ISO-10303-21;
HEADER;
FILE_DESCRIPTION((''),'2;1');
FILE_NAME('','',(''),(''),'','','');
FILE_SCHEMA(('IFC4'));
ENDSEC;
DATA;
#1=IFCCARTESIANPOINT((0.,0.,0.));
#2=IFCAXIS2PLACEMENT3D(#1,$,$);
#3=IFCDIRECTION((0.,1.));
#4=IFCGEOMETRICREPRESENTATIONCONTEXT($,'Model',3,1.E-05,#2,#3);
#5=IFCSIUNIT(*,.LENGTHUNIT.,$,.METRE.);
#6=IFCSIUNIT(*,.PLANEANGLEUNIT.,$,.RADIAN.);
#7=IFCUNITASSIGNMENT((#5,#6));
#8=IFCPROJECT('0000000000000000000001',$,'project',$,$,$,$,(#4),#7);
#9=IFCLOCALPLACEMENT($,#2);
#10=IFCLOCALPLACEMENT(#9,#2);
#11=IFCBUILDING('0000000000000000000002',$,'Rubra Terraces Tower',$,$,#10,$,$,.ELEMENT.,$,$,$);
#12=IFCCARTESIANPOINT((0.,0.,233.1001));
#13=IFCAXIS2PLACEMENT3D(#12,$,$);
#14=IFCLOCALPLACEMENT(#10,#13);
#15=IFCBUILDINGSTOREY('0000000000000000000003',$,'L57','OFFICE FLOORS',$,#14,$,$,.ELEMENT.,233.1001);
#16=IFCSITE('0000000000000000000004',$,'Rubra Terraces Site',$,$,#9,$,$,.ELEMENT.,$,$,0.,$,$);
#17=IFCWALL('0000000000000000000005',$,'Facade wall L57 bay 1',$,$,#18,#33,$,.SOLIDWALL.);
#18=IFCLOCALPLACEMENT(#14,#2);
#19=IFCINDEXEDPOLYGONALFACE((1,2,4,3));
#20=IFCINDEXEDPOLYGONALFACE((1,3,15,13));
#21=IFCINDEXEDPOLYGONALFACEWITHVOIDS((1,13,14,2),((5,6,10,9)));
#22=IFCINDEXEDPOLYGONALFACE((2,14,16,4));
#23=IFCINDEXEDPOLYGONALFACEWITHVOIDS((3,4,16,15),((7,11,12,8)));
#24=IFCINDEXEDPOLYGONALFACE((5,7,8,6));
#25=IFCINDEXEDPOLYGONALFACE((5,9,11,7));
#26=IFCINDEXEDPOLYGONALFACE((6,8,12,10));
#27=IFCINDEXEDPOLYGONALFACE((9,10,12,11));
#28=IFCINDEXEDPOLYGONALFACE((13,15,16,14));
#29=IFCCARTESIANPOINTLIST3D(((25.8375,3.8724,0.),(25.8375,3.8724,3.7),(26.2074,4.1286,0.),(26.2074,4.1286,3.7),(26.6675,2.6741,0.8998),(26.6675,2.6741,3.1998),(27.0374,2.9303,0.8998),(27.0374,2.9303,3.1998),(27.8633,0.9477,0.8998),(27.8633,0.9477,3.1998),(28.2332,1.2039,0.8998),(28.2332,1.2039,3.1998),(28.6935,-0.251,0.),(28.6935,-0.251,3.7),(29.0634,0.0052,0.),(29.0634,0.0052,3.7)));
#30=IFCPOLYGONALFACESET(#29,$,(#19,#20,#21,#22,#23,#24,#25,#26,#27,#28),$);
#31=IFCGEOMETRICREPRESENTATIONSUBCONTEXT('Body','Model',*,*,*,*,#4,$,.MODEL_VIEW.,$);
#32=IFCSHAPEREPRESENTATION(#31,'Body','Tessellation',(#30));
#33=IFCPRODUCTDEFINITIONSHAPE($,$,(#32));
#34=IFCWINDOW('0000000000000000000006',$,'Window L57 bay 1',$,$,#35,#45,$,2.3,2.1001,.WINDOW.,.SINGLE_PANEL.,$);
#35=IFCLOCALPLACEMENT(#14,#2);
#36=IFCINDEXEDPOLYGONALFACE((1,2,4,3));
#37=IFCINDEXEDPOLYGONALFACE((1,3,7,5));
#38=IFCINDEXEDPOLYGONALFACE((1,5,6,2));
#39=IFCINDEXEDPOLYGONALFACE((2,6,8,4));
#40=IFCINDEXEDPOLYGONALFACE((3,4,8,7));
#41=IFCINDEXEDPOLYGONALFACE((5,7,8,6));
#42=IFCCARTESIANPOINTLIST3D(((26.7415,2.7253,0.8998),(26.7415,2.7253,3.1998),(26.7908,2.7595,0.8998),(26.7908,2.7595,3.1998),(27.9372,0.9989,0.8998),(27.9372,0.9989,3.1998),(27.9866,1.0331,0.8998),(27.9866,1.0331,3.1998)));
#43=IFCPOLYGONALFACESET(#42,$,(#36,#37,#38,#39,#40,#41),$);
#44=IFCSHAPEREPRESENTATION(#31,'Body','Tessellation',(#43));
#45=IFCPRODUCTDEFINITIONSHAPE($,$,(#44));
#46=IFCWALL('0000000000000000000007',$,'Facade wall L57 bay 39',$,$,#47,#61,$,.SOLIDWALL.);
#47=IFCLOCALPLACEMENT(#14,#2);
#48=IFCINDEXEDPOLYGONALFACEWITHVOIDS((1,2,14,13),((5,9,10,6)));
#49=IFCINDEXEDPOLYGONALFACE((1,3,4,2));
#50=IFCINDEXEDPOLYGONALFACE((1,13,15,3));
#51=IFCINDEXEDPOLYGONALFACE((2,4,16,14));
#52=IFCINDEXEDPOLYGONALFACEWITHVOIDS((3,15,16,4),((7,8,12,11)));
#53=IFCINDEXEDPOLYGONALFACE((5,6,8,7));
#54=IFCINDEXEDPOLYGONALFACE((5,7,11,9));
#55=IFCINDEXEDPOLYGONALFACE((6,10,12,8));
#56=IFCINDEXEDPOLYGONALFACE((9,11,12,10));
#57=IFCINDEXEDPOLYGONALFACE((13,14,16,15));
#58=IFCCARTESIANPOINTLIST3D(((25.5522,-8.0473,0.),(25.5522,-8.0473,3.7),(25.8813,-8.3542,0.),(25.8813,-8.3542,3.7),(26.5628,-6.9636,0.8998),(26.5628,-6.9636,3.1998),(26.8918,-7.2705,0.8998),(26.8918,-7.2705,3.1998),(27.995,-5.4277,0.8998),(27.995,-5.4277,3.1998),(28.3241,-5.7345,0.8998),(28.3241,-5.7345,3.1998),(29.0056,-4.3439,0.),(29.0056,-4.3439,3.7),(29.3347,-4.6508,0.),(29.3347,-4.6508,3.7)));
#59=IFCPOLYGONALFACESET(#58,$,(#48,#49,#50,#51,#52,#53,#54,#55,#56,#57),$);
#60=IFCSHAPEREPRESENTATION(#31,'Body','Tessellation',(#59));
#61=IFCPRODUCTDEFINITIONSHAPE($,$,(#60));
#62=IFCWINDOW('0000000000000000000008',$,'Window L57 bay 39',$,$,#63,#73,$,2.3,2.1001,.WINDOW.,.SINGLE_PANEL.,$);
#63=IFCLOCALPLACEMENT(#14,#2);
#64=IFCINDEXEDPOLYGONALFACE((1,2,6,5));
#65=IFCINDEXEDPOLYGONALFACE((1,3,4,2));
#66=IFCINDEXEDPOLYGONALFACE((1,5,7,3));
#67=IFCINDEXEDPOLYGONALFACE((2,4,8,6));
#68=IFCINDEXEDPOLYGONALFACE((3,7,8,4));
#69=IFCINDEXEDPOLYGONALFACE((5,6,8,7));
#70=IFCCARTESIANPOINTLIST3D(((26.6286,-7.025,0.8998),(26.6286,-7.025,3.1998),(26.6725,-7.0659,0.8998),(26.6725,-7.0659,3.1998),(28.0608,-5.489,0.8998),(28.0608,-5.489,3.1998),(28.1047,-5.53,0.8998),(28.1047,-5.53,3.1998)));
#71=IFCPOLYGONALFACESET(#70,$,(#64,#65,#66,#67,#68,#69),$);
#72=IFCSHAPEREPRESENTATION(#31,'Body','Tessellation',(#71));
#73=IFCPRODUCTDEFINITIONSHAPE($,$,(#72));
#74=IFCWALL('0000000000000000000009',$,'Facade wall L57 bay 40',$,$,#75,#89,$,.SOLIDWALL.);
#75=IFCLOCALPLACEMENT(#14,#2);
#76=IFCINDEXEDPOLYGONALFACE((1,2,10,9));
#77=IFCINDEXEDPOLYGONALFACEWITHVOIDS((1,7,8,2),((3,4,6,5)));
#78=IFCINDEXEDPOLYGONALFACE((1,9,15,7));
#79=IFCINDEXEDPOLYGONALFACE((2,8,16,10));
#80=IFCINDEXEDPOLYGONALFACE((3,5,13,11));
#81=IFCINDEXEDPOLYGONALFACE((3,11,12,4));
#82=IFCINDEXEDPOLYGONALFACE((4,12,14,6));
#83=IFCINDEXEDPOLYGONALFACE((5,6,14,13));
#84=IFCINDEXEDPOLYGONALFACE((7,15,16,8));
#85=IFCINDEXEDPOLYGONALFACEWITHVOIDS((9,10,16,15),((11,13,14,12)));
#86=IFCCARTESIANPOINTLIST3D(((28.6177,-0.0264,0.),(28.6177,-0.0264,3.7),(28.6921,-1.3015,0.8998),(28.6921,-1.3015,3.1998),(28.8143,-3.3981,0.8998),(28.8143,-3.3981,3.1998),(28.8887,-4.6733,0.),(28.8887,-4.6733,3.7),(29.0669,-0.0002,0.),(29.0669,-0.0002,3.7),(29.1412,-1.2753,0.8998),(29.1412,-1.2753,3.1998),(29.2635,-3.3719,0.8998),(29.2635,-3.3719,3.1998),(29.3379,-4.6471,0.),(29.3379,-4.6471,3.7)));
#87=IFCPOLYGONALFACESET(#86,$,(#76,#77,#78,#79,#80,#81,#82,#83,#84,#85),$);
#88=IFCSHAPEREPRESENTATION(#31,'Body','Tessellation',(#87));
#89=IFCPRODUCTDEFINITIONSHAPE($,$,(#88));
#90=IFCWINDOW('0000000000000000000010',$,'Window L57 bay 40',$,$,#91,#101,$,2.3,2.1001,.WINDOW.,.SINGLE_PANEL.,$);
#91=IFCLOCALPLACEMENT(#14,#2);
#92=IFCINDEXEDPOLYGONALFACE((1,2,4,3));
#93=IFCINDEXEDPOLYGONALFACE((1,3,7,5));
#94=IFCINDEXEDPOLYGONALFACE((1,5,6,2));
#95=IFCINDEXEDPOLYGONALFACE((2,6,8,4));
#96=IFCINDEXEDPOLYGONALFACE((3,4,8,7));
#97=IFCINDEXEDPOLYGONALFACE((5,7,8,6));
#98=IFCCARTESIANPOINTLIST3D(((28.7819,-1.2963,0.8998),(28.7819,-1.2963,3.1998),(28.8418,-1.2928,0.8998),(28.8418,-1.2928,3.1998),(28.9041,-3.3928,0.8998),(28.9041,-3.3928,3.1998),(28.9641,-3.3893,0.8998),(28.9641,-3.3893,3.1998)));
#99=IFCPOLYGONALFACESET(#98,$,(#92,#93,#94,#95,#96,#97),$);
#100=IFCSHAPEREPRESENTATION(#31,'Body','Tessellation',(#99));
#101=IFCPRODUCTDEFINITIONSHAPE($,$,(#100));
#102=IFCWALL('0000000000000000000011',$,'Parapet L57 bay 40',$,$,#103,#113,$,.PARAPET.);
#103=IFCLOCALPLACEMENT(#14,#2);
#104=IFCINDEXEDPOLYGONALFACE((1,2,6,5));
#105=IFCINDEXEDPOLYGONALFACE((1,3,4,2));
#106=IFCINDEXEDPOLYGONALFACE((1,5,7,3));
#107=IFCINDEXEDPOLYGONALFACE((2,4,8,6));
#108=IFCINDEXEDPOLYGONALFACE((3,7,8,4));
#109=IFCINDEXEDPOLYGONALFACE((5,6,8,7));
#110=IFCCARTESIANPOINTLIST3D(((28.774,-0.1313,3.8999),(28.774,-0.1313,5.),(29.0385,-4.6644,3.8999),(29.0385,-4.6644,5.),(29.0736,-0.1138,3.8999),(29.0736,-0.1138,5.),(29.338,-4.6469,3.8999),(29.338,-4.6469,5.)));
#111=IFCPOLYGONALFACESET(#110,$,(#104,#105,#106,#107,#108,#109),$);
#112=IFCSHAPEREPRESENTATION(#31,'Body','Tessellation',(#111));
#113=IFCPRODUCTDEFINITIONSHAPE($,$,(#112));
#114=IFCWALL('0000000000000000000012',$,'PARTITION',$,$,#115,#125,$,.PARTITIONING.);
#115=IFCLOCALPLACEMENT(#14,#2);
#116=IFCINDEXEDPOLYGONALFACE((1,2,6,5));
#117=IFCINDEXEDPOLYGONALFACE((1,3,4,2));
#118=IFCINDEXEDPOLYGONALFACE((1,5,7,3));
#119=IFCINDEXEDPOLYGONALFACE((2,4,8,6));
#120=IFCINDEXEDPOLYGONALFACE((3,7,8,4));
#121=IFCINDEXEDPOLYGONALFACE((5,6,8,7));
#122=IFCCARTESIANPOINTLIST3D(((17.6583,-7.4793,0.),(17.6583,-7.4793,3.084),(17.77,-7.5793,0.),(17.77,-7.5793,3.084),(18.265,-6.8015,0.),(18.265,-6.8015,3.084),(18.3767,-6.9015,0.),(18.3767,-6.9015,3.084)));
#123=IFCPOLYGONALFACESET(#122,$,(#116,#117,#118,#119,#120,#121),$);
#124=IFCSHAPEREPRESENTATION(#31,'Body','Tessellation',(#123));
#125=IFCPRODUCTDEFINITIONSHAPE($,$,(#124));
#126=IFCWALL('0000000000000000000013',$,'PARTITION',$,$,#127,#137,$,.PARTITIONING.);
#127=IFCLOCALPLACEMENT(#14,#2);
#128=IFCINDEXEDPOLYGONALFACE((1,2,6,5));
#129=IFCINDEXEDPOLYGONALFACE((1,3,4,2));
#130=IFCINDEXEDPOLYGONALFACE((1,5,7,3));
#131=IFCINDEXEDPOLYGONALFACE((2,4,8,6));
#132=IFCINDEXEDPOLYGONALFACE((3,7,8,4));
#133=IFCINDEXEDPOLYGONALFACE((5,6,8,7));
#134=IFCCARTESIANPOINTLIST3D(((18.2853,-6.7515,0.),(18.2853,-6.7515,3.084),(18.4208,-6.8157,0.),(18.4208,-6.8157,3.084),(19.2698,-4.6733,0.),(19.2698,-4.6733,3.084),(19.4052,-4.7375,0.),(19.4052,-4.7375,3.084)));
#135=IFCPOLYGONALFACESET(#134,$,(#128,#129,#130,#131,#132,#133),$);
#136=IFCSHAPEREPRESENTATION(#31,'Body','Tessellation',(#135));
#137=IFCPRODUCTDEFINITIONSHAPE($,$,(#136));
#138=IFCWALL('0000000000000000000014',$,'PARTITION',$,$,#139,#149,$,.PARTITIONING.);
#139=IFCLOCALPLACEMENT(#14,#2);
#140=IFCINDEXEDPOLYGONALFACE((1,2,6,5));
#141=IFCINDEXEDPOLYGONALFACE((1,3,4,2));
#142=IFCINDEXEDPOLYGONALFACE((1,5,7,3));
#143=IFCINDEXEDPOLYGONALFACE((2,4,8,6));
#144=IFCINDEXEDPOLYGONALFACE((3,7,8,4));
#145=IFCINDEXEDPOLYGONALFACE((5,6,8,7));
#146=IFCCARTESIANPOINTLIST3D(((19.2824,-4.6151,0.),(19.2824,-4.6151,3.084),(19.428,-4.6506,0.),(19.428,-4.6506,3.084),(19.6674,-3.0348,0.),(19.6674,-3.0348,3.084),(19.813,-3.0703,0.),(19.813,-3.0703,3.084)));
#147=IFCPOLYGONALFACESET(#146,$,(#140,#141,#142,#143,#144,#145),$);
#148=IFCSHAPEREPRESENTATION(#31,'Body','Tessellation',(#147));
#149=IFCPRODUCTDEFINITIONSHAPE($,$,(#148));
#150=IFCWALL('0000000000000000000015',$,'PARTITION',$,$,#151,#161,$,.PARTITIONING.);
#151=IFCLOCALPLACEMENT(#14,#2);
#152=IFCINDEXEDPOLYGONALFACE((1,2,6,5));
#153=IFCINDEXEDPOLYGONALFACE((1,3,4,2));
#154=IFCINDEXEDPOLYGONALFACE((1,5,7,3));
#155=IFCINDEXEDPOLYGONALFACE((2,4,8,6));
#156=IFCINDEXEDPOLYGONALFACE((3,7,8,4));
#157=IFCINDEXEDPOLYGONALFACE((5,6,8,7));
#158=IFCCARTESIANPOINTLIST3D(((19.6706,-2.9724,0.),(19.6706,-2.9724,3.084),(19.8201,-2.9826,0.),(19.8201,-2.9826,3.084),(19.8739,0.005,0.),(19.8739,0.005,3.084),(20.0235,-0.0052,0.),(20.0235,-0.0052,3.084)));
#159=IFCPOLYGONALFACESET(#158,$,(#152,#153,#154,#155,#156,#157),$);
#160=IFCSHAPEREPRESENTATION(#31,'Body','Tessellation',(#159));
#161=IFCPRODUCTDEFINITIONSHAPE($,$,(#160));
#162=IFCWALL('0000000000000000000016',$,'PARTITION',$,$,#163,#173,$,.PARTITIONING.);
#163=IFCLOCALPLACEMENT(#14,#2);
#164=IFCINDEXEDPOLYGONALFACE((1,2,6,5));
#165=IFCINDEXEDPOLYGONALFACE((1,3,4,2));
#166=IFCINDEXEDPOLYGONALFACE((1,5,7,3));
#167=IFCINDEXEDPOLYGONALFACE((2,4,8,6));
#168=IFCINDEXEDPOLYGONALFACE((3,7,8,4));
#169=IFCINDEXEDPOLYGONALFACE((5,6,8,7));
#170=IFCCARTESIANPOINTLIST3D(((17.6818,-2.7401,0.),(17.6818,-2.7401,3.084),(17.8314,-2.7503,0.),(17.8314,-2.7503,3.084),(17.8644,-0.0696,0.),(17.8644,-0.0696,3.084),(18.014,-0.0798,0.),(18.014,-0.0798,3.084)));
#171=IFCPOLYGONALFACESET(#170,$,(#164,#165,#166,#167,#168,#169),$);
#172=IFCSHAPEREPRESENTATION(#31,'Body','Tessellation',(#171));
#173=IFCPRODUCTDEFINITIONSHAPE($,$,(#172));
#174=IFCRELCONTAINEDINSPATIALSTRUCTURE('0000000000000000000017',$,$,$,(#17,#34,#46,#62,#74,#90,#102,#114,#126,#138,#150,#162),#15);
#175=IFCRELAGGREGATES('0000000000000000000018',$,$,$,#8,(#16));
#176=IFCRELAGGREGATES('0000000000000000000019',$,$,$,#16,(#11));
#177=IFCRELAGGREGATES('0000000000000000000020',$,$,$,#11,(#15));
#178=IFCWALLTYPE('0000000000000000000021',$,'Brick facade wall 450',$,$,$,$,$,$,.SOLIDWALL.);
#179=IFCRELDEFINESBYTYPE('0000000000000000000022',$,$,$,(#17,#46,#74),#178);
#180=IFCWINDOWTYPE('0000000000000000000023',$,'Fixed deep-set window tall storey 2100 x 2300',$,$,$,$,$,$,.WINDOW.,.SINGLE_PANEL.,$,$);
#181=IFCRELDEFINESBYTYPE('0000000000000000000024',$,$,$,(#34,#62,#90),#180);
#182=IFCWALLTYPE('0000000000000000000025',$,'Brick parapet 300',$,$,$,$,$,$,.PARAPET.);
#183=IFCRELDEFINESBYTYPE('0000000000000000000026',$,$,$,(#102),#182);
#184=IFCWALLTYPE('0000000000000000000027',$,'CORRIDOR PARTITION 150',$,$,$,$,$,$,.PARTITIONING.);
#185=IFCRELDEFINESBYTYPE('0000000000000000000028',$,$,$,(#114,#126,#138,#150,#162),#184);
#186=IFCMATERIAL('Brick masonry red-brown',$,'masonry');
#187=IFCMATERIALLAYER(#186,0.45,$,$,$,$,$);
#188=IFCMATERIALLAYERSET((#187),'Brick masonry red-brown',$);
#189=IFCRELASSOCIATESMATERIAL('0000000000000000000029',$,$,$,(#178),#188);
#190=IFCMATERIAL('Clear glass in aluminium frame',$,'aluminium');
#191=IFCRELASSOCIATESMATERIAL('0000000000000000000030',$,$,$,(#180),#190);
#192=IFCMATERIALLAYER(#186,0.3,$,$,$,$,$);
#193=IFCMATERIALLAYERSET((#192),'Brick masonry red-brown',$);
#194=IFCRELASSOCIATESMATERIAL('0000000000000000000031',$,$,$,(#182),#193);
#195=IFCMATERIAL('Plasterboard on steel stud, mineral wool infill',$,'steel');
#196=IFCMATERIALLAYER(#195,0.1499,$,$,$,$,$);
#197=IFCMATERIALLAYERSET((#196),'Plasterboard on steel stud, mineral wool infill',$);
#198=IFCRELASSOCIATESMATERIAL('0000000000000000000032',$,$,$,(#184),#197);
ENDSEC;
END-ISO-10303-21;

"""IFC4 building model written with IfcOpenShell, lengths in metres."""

from ifc_helpers import new_model, si_unit, direction, frame, frame_2d, origin, place, context, subcontext, project, spatial, rectangle, extrude, material, layer, layer_set, type_object, element, fill, save


model = new_model("IFC4")

# Units and contexts
model_context = context("Model", 3, precision=1e-05, world=origin(), true_north=direction((0.0, 1.0)))
body_context = subcontext(model_context, "Body", "Model", "MODEL_VIEW")
ifc_project = project(units=[si_unit("LENGTHUNIT", "METRE"), si_unit("PLANEANGLEUNIT", "RADIAN")], contexts=[model_context])

# Site, building, storey
site_placement = place(None, origin())
site = spatial("IfcSite", under=ifc_project, at=site_placement, Name="Rubra Terraces Site", CompositionType="ELEMENT", RefElevation=0.0)
building_placement = place(site_placement, origin())
building = spatial("IfcBuilding", under=site, at=building_placement, Name="Rubra Terraces Tower", CompositionType="ELEMENT")
storey_placement = place(building_placement, frame((0.0, 0.0, 233.1001)))
storey = spatial("IfcBuildingStorey", under=building, at=storey_placement, Name="L57", Description="OFFICE FLOORS", CompositionType="ELEMENT", Elevation=233.1001)

# Walls, openings, windows
ifc_material_1 = material(Name="Brick masonry red-brown", Category="masonry")
ifc_layer_1 = layer(ifc_material_1, 0.45)
ifc_layer_set_1 = layer_set([ifc_layer_1], Name="Brick masonry red-brown")
wall_type_1 = type_object("IfcWallType", Name="Brick facade wall 450", PredefinedType="SOLIDWALL", material=ifc_layer_set_1)
wall_1_placement = place(storey_placement, frame((28.8784, -0.1228, 0.0), z_axis=(0.0, 0.0, 1.0), x_axis=(-0.569395, 0.822064, 0.0)))
wall_1 = element("IfcWall", 1, at=wall_1_placement, inside=storey, type_object=wall_type_1, Name="Facade wall L57 bay 1", PredefinedType="SOLIDWALL", context=body_context, shape_type="SweptSolid", body=[
    extrude(rectangle(XDim=5.0159, YDim=0.45, at=frame_2d((2.5078, 0.0))), origin(), (0.0, 0.0, 1.0), 3.7),
])
opening_1_placement = place(wall_1_placement, frame((1.458, 0.0, 0.8999)))
opening_1 = element("IfcOpeningElement", 2, at=opening_1_placement, cuts=wall_1, PredefinedType="OPENING", context=body_context, shape_type="SweptSolid", body=[
    extrude(rectangle(XDim=2.1001, YDim=2.3, at=frame_2d((1.05, 1.1499))), frame((0.0, 0.2349, 0.0), z_axis=(0.0, -1.0, 0.0), x_axis=(1.0, 0.0, 0.0)), (0.0, 0.0, 1.0), 0.47),
])
ifc_material_2 = material(Name="Clear glass in aluminium frame", Category="aluminium")
window_type = type_object("IfcWindowType", Name="Fixed deep-set window tall storey 2100 x 2300", PartitioningType="SINGLE_PANEL", PredefinedType="WINDOW", material=ifc_material_2)
window_1_placement = place(opening_1_placement, origin())
window_1 = element("IfcWindow", 3, at=window_1_placement, inside=storey, type_object=window_type, Name="Window L57 bay 1", OverallHeight=2.3, OverallWidth=2.1001, PartitioningType="SINGLE_PANEL", PredefinedType="WINDOW", context=body_context, shape_type="SweptSolid", body=[
    extrude(rectangle(XDim=2.1001, YDim=2.3, at=frame_2d((1.05, 1.1499))), frame((0.0, 0.135, 0.0), z_axis=(0.0, -1.0, 0.0), x_axis=(1.0, 0.0, 0.0)), (0.0, 0.0, 1.0), 0.0601),
])
fill(opening_1, window_1)
wall_2_placement = place(storey_placement, frame((25.7168, -8.2007, 0.0), z_axis=(0.0, 0.0, 1.0), x_axis=(0.68199, 0.731361, 0.0)))
wall_2 = element("IfcWall", 4, at=wall_2_placement, inside=storey, type_object=wall_type_1, Name="Facade wall L57 bay 39", PredefinedType="SOLIDWALL", context=body_context, shape_type="SweptSolid", body=[
    extrude(rectangle(XDim=5.0637, YDim=0.45, at=frame_2d((2.5317, 0.0))), origin(), (0.0, 0.0, 1.0), 3.7),
])
opening_2_placement = place(wall_2_placement, frame((1.4817, 0.0, 0.8999)))
opening_2 = element("IfcOpeningElement", 5, at=opening_2_placement, cuts=wall_2, PredefinedType="OPENING", context=body_context, shape_type="SweptSolid", body=[
    extrude(rectangle(XDim=2.1001, YDim=2.3, at=frame_2d((1.05, 1.1499))), frame((0.0, 0.2349, 0.0), z_axis=(0.0, -1.0, 0.0), x_axis=(1.0, 0.0, 0.0)), (0.0, 0.0, 1.0), 0.47),
])
window_2_placement = place(opening_2_placement, origin())
window_2 = element("IfcWindow", 6, at=window_2_placement, inside=storey, type_object=window_type, Name="Window L57 bay 39", OverallHeight=2.3, OverallWidth=2.1001, PartitioningType="SINGLE_PANEL", PredefinedType="WINDOW", context=body_context, shape_type="SweptSolid", body=[
    extrude(rectangle(XDim=2.1001, YDim=2.3, at=frame_2d((1.05, 1.1499))), frame((0.0, 0.135, 0.0), z_axis=(0.0, -1.0, 0.0), x_axis=(1.0, 0.0, 0.0)), (0.0, 0.0, 1.0), 0.0601),
])
fill(opening_2, window_2)
wall_3_placement = place(storey_placement, frame((29.1133, -4.6602, 0.0), z_axis=(0.0, 0.0, 1.0), x_axis=(-0.058218, 0.998304, 0.0)))
wall_3 = element("IfcWall", 7, at=wall_3_placement, inside=storey, type_object=wall_type_1, Name="Facade wall L57 bay 40", PredefinedType="SOLIDWALL", context=body_context, shape_type="SweptSolid", body=[
    extrude(rectangle(XDim=4.6548, YDim=0.45, at=frame_2d((2.3274, 0.0))), origin(), (0.0, 0.0, 1.0), 3.7),
])
opening_3_placement = place(wall_3_placement, frame((1.2773, 0.0, 0.8999)))
opening_3 = element("IfcOpeningElement", 8, at=opening_3_placement, cuts=wall_3, PredefinedType="OPENING", context=body_context, shape_type="SweptSolid", body=[
    extrude(rectangle(XDim=2.1001, YDim=2.3, at=frame_2d((1.05, 1.1499))), frame((0.0, 0.2349, 0.0), z_axis=(0.0, -1.0, 0.0), x_axis=(1.0, 0.0, 0.0)), (0.0, 0.0, 1.0), 0.47),
])
window_3_placement = place(opening_3_placement, origin())
window_3 = element("IfcWindow", 9, at=window_3_placement, inside=storey, type_object=window_type, Name="Window L57 bay 40", OverallHeight=2.3, OverallWidth=2.1001, PartitioningType="SINGLE_PANEL", PredefinedType="WINDOW", context=body_context, shape_type="SweptSolid", body=[
    extrude(rectangle(XDim=2.1001, YDim=2.3, at=frame_2d((1.05, 1.1499))), frame((0.0, 0.135, 0.0), z_axis=(0.0, -1.0, 0.0), x_axis=(1.0, 0.0, 0.0)), (0.0, 0.0, 1.0), 0.0601),
])
fill(opening_3, window_3)

# Walls
ifc_layer_2 = layer(ifc_material_1, 0.3)
ifc_layer_set_2 = layer_set([ifc_layer_2], Name="Brick masonry red-brown")
wall_type_2 = type_object("IfcWallType", Name="Brick parapet 300", PredefinedType="PARAPET", material=ifc_layer_set_2)
wall_4_placement = place(storey_placement, frame((29.1882, -4.6558, 3.8999), z_axis=(0.0, 0.0, 1.0), x_axis=(-0.05823, 0.998303, 0.0)))
element("IfcWall", 10, at=wall_4_placement, inside=storey, type_object=wall_type_2, Name="Parapet L57 bay 40", PredefinedType="PARAPET", context=body_context, shape_type="SweptSolid", body=[
    extrude(rectangle(XDim=4.5408, YDim=0.3, at=frame_2d((2.2705, 0.0))), origin(), (0.0, 0.0, 1.0), 1.1001),
])
ifc_material_3 = material(Name="Plasterboard on steel stud, mineral wool infill", Category="steel")
ifc_layer_3 = layer(ifc_material_3, 0.1499)
ifc_layer_set_3 = layer_set([ifc_layer_3], Name="Plasterboard on steel stud, mineral wool infill")
wall_type_3 = type_object("IfcWallType", Name="CORRIDOR PARTITION 150", PredefinedType="PARTITIONING", material=ifc_layer_set_3)
wall_5_placement = place(storey_placement, frame((17.7141, -7.5293, 0.0), z_axis=(0.0, 0.0, 1.0), x_axis=(0.666975, 0.74508, 0.0)))
element("IfcWall", 11, at=wall_5_placement, inside=storey, type_object=wall_type_3, Name="PARTITION", PredefinedType="PARTITIONING", context=body_context, shape_type="SweptSolid", body=[
    extrude(rectangle(XDim=0.9097, YDim=0.1499, at=frame_2d((0.4548, 0.0))), origin(), (0.0, 0.0, 1.0), 3.084),
])
wall_6_placement = place(storey_placement, frame((18.353, -6.7837, 0.0), z_axis=(0.0, 0.0, 1.0), x_axis=(0.428086, 0.903738, 0.0)))
element("IfcWall", 12, at=wall_6_placement, inside=storey, type_object=wall_type_3, Name="PARTITION", PredefinedType="PARTITIONING", context=body_context, shape_type="SweptSolid", body=[
    extrude(rectangle(XDim=2.2996, YDim=0.1499, at=frame_2d((1.1499, 0.0))), origin(), (0.0, 0.0, 1.0), 3.084),
])
wall_7_placement = place(storey_placement, frame((19.3552, -4.6328, 0.0), z_axis=(0.0, 0.0, 1.0), x_axis=(0.236704, 0.971582, 0.0)))
element("IfcWall", 13, at=wall_7_placement, inside=storey, type_object=wall_type_3, Name="PARTITION", PredefinedType="PARTITIONING", context=body_context, shape_type="SweptSolid", body=[
    extrude(rectangle(XDim=1.6265, YDim=0.1499, at=frame_2d((0.8132, 0.0))), origin(), (0.0, 0.0, 1.0), 3.084),
])
wall_8_placement = place(storey_placement, frame((19.7454, -2.9775, 0.0), z_axis=(0.0, 0.0, 1.0), x_axis=(0.068142, 0.997676, 0.0)))
element("IfcWall", 14, at=wall_8_placement, inside=storey, type_object=wall_type_3, Name="PARTITION", PredefinedType="PARTITIONING", context=body_context, shape_type="SweptSolid", body=[
    extrude(rectangle(XDim=2.9844, YDim=0.1499, at=frame_2d((1.4922, 0.0))), origin(), (0.0, 0.0, 1.0), 3.084),
])
wall_9_placement = place(storey_placement, frame((17.9392, -0.0747, 0.0), z_axis=(0.0, 0.0, 1.0), x_axis=(-0.068226, -0.99767, 0.0)))
element("IfcWall", 15, at=wall_9_placement, inside=storey, type_object=wall_type_3, Name="PARTITION", PredefinedType="PARTITIONING", context=body_context, shape_type="SweptSolid", body=[
    extrude(rectangle(XDim=2.6768, YDim=0.1499, at=frame_2d((1.3384, 0.0))), origin(), (0.0, 0.0, 1.0), 3.084),
])

save(model, "model.ifc")
